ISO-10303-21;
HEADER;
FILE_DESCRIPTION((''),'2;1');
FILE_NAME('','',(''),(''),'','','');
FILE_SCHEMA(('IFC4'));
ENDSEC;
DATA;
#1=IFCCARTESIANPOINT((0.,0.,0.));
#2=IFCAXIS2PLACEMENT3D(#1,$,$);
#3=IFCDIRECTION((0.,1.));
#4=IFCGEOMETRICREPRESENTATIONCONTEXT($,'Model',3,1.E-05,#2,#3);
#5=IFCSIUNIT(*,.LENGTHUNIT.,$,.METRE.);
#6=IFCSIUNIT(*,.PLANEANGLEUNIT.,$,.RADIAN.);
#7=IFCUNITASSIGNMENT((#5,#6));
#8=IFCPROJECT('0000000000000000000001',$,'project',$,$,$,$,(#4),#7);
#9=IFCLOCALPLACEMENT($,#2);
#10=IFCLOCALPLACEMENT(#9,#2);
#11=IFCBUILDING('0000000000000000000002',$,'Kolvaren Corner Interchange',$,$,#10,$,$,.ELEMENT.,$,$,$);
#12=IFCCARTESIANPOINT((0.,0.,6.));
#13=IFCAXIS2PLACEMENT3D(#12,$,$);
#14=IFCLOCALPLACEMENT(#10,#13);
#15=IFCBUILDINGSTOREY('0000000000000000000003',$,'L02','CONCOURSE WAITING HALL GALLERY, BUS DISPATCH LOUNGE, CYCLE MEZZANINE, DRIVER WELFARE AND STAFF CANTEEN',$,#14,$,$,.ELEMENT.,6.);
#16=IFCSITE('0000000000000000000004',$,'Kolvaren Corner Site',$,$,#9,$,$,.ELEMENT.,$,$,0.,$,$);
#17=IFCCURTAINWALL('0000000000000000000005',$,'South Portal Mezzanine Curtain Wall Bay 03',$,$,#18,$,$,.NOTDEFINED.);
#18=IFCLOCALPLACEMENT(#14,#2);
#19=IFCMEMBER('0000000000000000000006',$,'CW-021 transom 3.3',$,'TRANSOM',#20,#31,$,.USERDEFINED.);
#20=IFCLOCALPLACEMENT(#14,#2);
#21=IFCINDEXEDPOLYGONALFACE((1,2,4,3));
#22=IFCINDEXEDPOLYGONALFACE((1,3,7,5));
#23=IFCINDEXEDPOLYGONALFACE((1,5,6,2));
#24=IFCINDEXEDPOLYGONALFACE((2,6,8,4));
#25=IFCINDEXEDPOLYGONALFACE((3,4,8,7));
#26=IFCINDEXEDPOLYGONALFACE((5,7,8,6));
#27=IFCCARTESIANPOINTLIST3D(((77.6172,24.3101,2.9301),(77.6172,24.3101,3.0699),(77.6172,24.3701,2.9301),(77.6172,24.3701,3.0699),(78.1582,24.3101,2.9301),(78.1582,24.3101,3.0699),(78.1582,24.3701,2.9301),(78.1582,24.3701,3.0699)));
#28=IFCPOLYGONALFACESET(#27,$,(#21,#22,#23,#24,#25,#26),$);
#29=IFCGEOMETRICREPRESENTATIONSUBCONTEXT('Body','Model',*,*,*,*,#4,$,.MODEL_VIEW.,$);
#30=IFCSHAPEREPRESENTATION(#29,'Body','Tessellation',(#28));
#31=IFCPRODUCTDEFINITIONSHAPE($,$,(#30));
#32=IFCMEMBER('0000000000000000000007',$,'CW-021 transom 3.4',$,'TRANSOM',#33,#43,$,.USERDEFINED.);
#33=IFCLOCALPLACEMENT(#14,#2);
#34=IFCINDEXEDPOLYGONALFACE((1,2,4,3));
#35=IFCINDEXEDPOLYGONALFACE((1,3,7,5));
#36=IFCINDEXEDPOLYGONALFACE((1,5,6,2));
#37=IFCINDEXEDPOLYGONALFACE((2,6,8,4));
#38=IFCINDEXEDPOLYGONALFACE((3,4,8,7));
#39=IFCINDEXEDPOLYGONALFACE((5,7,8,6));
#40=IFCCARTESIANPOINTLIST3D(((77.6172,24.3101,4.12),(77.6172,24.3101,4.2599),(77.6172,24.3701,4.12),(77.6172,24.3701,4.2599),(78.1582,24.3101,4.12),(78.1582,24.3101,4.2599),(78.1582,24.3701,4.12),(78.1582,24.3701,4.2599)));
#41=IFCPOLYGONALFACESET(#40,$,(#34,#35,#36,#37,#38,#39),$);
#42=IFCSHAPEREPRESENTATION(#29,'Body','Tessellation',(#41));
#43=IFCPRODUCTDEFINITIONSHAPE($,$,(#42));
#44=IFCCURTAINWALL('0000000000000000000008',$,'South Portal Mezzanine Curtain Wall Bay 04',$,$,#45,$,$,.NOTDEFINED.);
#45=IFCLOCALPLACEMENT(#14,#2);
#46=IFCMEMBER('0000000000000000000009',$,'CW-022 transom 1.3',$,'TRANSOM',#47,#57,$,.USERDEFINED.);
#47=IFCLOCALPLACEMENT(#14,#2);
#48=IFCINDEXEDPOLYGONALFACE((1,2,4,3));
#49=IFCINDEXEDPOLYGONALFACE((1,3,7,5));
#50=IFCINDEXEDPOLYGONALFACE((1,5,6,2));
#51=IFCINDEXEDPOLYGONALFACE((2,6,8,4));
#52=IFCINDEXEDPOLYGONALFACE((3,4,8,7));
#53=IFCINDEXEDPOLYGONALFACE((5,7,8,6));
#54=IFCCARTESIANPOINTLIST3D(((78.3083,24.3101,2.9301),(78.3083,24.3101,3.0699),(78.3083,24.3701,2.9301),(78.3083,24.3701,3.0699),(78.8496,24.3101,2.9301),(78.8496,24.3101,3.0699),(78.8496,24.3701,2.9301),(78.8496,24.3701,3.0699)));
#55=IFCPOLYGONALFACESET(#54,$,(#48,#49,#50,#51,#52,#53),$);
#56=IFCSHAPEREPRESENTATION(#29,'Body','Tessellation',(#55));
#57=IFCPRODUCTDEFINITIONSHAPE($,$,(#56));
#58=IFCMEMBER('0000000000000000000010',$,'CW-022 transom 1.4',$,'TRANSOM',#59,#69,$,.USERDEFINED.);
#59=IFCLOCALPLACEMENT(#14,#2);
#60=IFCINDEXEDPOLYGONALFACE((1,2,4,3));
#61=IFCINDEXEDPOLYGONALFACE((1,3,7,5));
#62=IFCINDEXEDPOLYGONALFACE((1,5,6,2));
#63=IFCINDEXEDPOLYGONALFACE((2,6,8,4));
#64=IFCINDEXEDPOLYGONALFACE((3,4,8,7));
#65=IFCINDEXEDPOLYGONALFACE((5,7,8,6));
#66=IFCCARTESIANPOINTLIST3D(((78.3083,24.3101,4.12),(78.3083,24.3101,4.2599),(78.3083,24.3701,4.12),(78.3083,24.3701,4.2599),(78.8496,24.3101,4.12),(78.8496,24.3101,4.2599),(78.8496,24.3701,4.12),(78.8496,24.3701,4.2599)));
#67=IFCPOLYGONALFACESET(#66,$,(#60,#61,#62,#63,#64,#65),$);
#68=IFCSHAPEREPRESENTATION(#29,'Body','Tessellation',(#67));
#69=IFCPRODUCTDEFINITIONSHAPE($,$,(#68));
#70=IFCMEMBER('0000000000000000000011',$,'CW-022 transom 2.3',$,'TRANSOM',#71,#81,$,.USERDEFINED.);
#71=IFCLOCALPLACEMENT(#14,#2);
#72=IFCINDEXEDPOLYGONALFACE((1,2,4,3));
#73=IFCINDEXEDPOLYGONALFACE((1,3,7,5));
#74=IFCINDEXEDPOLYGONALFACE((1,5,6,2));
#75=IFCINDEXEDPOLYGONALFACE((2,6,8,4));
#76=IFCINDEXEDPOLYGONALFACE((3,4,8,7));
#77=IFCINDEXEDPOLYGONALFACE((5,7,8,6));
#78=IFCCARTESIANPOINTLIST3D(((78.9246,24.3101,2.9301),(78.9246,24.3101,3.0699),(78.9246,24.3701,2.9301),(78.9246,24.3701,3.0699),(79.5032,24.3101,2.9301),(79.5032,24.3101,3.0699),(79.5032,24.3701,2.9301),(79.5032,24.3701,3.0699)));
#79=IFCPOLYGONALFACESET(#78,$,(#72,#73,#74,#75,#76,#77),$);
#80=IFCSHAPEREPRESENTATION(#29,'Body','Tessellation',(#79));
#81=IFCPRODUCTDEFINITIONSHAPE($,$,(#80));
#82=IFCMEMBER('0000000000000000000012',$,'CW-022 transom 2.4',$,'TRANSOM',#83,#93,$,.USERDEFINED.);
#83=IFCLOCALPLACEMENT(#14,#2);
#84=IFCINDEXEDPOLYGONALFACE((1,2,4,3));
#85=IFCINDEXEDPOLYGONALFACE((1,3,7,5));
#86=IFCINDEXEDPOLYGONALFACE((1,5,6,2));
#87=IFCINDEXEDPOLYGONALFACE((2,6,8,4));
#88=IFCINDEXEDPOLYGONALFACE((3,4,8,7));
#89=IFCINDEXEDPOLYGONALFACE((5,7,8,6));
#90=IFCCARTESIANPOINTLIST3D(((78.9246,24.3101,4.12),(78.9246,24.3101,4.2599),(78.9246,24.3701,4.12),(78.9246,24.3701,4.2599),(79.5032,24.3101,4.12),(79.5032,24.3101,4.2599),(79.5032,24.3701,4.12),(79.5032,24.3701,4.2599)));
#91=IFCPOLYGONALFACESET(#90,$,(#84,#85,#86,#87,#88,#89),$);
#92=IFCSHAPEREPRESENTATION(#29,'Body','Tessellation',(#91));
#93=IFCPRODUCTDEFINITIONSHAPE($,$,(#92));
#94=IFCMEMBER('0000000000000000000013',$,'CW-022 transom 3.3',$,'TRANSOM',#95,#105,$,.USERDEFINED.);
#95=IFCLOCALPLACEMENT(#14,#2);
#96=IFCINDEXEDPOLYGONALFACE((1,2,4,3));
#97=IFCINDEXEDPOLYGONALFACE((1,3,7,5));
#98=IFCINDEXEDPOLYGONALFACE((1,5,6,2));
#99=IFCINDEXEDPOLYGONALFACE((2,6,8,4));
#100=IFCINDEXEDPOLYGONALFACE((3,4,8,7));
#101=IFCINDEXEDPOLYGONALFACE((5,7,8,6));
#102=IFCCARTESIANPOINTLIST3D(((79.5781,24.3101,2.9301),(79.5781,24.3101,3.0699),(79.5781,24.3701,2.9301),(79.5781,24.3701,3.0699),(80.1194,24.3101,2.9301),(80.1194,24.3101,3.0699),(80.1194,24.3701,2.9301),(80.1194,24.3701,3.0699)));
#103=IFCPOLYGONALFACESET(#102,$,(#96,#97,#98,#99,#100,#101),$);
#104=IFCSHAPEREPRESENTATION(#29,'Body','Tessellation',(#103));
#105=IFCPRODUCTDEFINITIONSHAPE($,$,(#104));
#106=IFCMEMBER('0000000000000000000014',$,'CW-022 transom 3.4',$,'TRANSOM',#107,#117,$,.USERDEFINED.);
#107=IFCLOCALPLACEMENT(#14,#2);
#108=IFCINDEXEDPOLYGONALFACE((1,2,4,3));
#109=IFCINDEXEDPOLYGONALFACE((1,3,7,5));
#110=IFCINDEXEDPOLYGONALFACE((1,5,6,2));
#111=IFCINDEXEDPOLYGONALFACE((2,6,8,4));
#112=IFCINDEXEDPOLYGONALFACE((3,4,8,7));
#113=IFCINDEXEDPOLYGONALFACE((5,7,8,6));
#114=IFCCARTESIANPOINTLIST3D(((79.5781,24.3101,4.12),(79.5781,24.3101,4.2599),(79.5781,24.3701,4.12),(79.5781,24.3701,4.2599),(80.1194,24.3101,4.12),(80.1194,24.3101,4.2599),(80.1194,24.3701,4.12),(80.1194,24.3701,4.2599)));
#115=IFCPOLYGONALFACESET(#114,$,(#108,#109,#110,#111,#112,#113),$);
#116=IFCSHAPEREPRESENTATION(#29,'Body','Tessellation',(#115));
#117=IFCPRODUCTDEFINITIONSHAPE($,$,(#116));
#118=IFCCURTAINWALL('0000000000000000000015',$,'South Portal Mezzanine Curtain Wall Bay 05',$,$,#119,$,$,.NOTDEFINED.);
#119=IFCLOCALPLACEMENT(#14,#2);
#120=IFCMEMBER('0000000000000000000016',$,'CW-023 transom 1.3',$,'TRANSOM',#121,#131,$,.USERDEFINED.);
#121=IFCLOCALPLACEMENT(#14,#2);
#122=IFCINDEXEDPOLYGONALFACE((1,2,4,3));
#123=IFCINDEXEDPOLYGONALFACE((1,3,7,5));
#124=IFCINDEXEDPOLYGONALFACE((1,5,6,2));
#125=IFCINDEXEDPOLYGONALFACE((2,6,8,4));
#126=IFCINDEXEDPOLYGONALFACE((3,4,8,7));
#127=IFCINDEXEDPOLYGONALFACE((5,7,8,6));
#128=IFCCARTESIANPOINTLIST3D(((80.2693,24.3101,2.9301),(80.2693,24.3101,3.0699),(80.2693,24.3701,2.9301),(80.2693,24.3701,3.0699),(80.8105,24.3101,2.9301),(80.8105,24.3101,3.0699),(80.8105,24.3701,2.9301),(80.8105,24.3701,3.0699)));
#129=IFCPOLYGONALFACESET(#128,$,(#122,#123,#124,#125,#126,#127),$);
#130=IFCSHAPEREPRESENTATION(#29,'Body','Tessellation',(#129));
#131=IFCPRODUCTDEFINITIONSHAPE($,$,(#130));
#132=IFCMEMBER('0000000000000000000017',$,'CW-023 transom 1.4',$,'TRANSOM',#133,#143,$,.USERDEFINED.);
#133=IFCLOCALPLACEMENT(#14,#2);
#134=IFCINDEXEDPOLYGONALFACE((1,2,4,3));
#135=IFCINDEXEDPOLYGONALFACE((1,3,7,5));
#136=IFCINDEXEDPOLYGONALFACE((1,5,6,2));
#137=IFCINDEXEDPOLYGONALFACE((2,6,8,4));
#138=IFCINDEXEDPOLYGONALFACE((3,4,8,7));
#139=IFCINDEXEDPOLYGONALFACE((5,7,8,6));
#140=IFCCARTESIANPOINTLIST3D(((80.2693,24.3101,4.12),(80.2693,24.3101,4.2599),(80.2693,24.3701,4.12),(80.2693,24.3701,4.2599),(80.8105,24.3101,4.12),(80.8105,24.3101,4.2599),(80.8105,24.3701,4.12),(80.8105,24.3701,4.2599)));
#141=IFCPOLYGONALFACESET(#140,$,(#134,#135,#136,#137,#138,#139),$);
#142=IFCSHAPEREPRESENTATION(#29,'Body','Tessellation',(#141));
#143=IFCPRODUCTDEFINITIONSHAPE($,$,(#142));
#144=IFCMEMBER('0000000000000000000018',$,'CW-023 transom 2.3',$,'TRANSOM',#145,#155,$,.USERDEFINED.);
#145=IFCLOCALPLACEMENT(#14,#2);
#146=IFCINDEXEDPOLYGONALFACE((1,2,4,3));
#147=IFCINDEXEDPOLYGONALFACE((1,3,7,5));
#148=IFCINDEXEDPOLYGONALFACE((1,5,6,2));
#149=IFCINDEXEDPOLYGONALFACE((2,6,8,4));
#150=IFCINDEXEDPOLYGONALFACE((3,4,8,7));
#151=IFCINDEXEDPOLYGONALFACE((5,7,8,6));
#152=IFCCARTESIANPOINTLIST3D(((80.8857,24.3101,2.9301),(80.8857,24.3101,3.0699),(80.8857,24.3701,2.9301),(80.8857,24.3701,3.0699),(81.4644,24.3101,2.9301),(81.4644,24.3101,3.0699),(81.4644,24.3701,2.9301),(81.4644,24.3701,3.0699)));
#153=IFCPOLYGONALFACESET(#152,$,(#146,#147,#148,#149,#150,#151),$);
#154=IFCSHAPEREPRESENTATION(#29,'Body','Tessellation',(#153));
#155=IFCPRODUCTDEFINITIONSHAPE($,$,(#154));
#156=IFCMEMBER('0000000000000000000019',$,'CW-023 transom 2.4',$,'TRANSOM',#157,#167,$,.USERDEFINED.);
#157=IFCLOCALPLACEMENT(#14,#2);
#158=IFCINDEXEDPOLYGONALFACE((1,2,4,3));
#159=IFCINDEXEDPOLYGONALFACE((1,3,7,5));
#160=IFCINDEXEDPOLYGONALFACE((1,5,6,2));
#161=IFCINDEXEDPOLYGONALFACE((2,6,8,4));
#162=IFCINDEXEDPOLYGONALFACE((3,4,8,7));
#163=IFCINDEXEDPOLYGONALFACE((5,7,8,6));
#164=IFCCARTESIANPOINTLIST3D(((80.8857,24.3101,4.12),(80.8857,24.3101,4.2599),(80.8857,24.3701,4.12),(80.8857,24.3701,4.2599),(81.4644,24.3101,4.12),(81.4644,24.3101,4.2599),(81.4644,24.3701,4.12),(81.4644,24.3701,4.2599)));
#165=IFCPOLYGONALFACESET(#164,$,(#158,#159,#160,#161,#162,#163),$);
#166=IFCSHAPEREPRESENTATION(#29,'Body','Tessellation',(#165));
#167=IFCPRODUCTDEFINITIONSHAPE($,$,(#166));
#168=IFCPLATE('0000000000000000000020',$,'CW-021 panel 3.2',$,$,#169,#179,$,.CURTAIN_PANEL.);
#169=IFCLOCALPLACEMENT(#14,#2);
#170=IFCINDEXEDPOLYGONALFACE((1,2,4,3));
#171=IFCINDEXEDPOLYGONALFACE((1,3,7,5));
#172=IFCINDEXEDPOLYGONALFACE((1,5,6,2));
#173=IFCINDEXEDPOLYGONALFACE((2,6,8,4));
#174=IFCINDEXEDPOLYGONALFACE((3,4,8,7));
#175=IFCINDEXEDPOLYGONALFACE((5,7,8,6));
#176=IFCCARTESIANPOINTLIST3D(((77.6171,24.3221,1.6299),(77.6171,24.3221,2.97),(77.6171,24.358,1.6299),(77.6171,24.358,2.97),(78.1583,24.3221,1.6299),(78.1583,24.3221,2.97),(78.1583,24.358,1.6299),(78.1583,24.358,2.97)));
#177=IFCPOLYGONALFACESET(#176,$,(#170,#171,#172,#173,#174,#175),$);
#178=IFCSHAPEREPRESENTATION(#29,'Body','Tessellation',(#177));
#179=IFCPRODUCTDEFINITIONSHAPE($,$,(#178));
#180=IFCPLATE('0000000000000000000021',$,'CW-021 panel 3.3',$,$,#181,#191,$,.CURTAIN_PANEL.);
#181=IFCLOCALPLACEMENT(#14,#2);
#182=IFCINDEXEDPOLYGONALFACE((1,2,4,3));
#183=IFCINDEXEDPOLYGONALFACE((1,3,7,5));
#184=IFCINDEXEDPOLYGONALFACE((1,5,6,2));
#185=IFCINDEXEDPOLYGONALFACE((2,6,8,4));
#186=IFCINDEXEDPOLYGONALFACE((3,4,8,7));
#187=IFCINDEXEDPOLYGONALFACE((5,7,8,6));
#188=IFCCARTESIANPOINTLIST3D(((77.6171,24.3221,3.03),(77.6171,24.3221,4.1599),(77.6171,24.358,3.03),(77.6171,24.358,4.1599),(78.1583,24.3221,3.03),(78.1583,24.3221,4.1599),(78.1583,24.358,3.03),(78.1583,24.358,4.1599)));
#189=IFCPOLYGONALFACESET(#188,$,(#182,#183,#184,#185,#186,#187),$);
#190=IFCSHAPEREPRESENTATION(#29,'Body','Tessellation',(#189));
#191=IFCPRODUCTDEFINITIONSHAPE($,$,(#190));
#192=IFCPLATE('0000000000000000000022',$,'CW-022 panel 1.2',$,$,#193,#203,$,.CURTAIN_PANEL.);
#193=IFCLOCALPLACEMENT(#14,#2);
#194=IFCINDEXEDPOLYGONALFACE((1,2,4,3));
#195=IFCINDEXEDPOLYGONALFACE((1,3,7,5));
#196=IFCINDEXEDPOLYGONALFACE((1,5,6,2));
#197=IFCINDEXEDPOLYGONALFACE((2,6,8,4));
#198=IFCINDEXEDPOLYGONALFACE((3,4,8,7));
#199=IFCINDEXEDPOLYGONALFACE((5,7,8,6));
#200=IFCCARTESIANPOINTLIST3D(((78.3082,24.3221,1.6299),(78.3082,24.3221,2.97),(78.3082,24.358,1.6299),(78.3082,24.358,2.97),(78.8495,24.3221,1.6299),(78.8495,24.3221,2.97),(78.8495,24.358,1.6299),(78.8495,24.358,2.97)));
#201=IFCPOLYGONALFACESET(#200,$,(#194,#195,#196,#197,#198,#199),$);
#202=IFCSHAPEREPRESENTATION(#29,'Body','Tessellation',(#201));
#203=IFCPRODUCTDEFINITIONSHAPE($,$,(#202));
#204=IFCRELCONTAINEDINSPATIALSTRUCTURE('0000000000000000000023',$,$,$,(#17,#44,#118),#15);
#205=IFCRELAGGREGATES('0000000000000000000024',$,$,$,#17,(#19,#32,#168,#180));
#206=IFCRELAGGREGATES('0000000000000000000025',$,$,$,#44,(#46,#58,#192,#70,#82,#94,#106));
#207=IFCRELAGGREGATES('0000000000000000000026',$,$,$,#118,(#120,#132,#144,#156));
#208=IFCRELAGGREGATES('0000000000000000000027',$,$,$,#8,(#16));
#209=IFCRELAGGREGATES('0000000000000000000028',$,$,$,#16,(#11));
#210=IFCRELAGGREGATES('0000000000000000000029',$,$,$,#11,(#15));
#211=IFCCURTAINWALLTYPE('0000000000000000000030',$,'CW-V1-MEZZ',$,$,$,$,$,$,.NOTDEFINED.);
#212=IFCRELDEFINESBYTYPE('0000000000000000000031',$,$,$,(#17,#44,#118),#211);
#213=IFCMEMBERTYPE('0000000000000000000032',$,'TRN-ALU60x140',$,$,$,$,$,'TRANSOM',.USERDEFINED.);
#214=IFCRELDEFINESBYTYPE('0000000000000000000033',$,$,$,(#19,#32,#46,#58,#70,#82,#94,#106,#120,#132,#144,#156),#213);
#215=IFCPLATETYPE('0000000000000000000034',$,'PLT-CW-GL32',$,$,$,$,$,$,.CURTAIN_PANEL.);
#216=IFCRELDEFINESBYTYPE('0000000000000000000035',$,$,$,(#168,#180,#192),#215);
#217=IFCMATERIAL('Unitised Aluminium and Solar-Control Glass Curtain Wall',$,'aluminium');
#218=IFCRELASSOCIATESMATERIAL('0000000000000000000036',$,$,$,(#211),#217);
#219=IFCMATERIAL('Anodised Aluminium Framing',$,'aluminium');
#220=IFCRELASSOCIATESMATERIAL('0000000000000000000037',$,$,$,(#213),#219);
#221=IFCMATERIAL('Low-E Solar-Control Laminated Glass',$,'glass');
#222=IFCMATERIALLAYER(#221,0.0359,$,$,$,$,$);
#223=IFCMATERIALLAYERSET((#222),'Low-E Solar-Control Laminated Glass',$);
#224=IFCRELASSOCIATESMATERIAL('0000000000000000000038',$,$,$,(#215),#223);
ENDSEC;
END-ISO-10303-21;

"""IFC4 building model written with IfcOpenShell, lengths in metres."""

from ifc_helpers import new_model, si_unit, direction, frame, origin, origin_2d, place, context, subcontext, project, spatial, rectangle, extrude, material, layer, layer_set, material_profile, profile_set, type_object, element, aggregate, save


model = new_model("IFC4")

# Units and contexts
model_context = context("Model", 3, precision=1e-05, world=origin(), true_north=direction((0.0, 1.0)))
body_context = subcontext(model_context, "Body", "Model", "MODEL_VIEW")
ifc_project = project(units=[si_unit("LENGTHUNIT", "METRE"), si_unit("PLANEANGLEUNIT", "RADIAN")], contexts=[model_context])

# Site, building, storey
site_placement = place(None, origin())
site = spatial("IfcSite", under=ifc_project, at=site_placement, Name="Kolvaren Corner Site", CompositionType="ELEMENT", RefElevation=0.0)
building_placement = place(site_placement, origin())
building = spatial("IfcBuilding", under=site, at=building_placement, Name="Kolvaren Corner Interchange", CompositionType="ELEMENT")
storey_placement = place(building_placement, frame((0.0, 0.0, 6.0)))
storey = spatial("IfcBuildingStorey", under=building, at=storey_placement, Name="L02", Description="CONCOURSE WAITING HALL GALLERY, BUS DISPATCH LOUNGE, CYCLE MEZZANINE, DRIVER WELFARE AND STAFF CANTEEN", CompositionType="ELEMENT", Elevation=6.0)

# Curtain walls, members
ifc_material_1 = material(Name="Unitised Aluminium and Solar-Control Glass Curtain Wall", Category="aluminium")
curtain_wall_type = type_object("IfcCurtainWallType", Name="CW-V1-MEZZ", PredefinedType="NOTDEFINED", material=ifc_material_1)
curtain_wall_1_placement = place(storey_placement, origin())
curtain_wall_1 = element("IfcCurtainWall", 1, at=curtain_wall_1_placement, inside=storey, type_object=curtain_wall_type, Name="South Portal Mezzanine Curtain Wall Bay 03", PredefinedType="NOTDEFINED")
ifc_material_2 = material(Name="Anodised Aluminium Framing", Category="aluminium")
ifc_material_profile = material_profile(ifc_material_2, rectangle(XDim=0.0601, YDim=0.1399, at=origin_2d()), Name="ALU 60x140")
ifc_profile_set = profile_set([ifc_material_profile], Name="Anodised Aluminium Framing")
member_type = type_object("IfcMemberType", Name="TRN-ALU60x140", ElementType="TRANSOM", PredefinedType="USERDEFINED", material=ifc_profile_set)
member_1_placement = place(storey_placement, frame((77.6172, 24.3401, 3.0), z_axis=(1.0, 0.0, 0.0), x_axis=(0.0, 1.0, 0.0)))
member_1 = element("IfcMember", 2, at=member_1_placement, type_object=member_type, Name="CW-021 transom 3.3", ObjectType="TRANSOM", PredefinedType="USERDEFINED", context=body_context, shape_type="SweptSolid", body=[
    extrude(rectangle(XDim=0.0601, YDim=0.1399, at=origin_2d()), origin(), (0.0, 0.0, 1.0), 0.541),
])
member_2_placement = place(storey_placement, frame((77.6172, 24.3401, 4.1899), z_axis=(1.0, 0.0, 0.0), x_axis=(0.0, 1.0, 0.0)))
member_2 = element("IfcMember", 3, at=member_2_placement, type_object=member_type, Name="CW-021 transom 3.4", ObjectType="TRANSOM", PredefinedType="USERDEFINED", context=body_context, shape_type="SweptSolid", body=[
    extrude(rectangle(XDim=0.0601, YDim=0.1399, at=origin_2d()), origin(), (0.0, 0.0, 1.0), 0.541),
])
curtain_wall_2_placement = place(storey_placement, origin())
curtain_wall_2 = element("IfcCurtainWall", 4, at=curtain_wall_2_placement, inside=storey, type_object=curtain_wall_type, Name="South Portal Mezzanine Curtain Wall Bay 04", PredefinedType="NOTDEFINED")
member_3_placement = place(storey_placement, frame((78.3083, 24.3401, 3.0), z_axis=(1.0, 0.0, 0.0), x_axis=(0.0, 1.0, 0.0)))
member_3 = element("IfcMember", 5, at=member_3_placement, type_object=member_type, Name="CW-022 transom 1.3", ObjectType="TRANSOM", PredefinedType="USERDEFINED", context=body_context, shape_type="SweptSolid", body=[
    extrude(rectangle(XDim=0.0601, YDim=0.1399, at=origin_2d()), origin(), (0.0, 0.0, 1.0), 0.5413),
])
member_4_placement = place(storey_placement, frame((78.3083, 24.3401, 4.1899), z_axis=(1.0, 0.0, 0.0), x_axis=(0.0, 1.0, 0.0)))
member_4 = element("IfcMember", 6, at=member_4_placement, type_object=member_type, Name="CW-022 transom 1.4", ObjectType="TRANSOM", PredefinedType="USERDEFINED", context=body_context, shape_type="SweptSolid", body=[
    extrude(rectangle(XDim=0.0601, YDim=0.1399, at=origin_2d()), origin(), (0.0, 0.0, 1.0), 0.5413),
])
member_5_placement = place(storey_placement, frame((78.9246, 24.3401, 3.0), z_axis=(1.0, 0.0, 0.0), x_axis=(0.0, 1.0, 0.0)))
member_5 = element("IfcMember", 7, at=member_5_placement, type_object=member_type, Name="CW-022 transom 2.3", ObjectType="TRANSOM", PredefinedType="USERDEFINED", context=body_context, shape_type="SweptSolid", body=[
    extrude(rectangle(XDim=0.0601, YDim=0.1399, at=origin_2d()), origin(), (0.0, 0.0, 1.0), 0.5786),
])
member_6_placement = place(storey_placement, frame((78.9246, 24.3401, 4.1899), z_axis=(1.0, 0.0, 0.0), x_axis=(0.0, 1.0, 0.0)))
member_6 = element("IfcMember", 8, at=member_6_placement, type_object=member_type, Name="CW-022 transom 2.4", ObjectType="TRANSOM", PredefinedType="USERDEFINED", context=body_context, shape_type="SweptSolid", body=[
    extrude(rectangle(XDim=0.0601, YDim=0.1399, at=origin_2d()), origin(), (0.0, 0.0, 1.0), 0.5786),
])
member_7_placement = place(storey_placement, frame((79.5781, 24.3401, 3.0), z_axis=(1.0, 0.0, 0.0), x_axis=(0.0, 1.0, 0.0)))
member_7 = element("IfcMember", 9, at=member_7_placement, type_object=member_type, Name="CW-022 transom 3.3", ObjectType="TRANSOM", PredefinedType="USERDEFINED", context=body_context, shape_type="SweptSolid", body=[
    extrude(rectangle(XDim=0.0601, YDim=0.1399, at=origin_2d()), origin(), (0.0, 0.0, 1.0), 0.5413),
])
member_8_placement = place(storey_placement, frame((79.5781, 24.3401, 4.1899), z_axis=(1.0, 0.0, 0.0), x_axis=(0.0, 1.0, 0.0)))
member_8 = element("IfcMember", 10, at=member_8_placement, type_object=member_type, Name="CW-022 transom 3.4", ObjectType="TRANSOM", PredefinedType="USERDEFINED", context=body_context, shape_type="SweptSolid", body=[
    extrude(rectangle(XDim=0.0601, YDim=0.1399, at=origin_2d()), origin(), (0.0, 0.0, 1.0), 0.5413),
])
curtain_wall_3_placement = place(storey_placement, origin())
curtain_wall_3 = element("IfcCurtainWall", 11, at=curtain_wall_3_placement, inside=storey, type_object=curtain_wall_type, Name="South Portal Mezzanine Curtain Wall Bay 05", PredefinedType="NOTDEFINED")
member_9_placement = place(storey_placement, frame((80.2693, 24.3401, 3.0), z_axis=(1.0, 0.0, 0.0), x_axis=(0.0, 1.0, 0.0)))
member_9 = element("IfcMember", 12, at=member_9_placement, type_object=member_type, Name="CW-023 transom 1.3", ObjectType="TRANSOM", PredefinedType="USERDEFINED", context=body_context, shape_type="SweptSolid", body=[
    extrude(rectangle(XDim=0.0601, YDim=0.1399, at=origin_2d()), origin(), (0.0, 0.0, 1.0), 0.5413),
])
member_10_placement = place(storey_placement, frame((80.2693, 24.3401, 4.1899), z_axis=(1.0, 0.0, 0.0), x_axis=(0.0, 1.0, 0.0)))
member_10 = element("IfcMember", 13, at=member_10_placement, type_object=member_type, Name="CW-023 transom 1.4", ObjectType="TRANSOM", PredefinedType="USERDEFINED", context=body_context, shape_type="SweptSolid", body=[
    extrude(rectangle(XDim=0.0601, YDim=0.1399, at=origin_2d()), origin(), (0.0, 0.0, 1.0), 0.5413),
])
member_11_placement = place(storey_placement, frame((80.8857, 24.3401, 3.0), z_axis=(1.0, 0.0, 0.0), x_axis=(0.0, 1.0, 0.0)))
member_11 = element("IfcMember", 14, at=member_11_placement, type_object=member_type, Name="CW-023 transom 2.3", ObjectType="TRANSOM", PredefinedType="USERDEFINED", context=body_context, shape_type="SweptSolid", body=[
    extrude(rectangle(XDim=0.0601, YDim=0.1399, at=origin_2d()), origin(), (0.0, 0.0, 1.0), 0.5786),
])
member_12_placement = place(storey_placement, frame((80.8857, 24.3401, 4.1899), z_axis=(1.0, 0.0, 0.0), x_axis=(0.0, 1.0, 0.0)))
member_12 = element("IfcMember", 15, at=member_12_placement, type_object=member_type, Name="CW-023 transom 2.4", ObjectType="TRANSOM", PredefinedType="USERDEFINED", context=body_context, shape_type="SweptSolid", body=[
    extrude(rectangle(XDim=0.0601, YDim=0.1399, at=origin_2d()), origin(), (0.0, 0.0, 1.0), 0.5786),
])

# Plates
ifc_material_3 = material(Name="Low-E Solar-Control Laminated Glass", Category="glass")
ifc_layer = layer(ifc_material_3, 0.0359)
ifc_layer_set = layer_set([ifc_layer], Name="Low-E Solar-Control Laminated Glass")
plate_type = type_object("IfcPlateType", Name="PLT-CW-GL32", PredefinedType="CURTAIN_PANEL", material=ifc_layer_set)
plate_1_placement = place(storey_placement, frame((77.8877, 24.3401, 1.6299), z_axis=(0.0, 0.0, 1.0), x_axis=(1.0, 0.0, 0.0)))
plate_1 = element("IfcPlate", 16, at=plate_1_placement, type_object=plate_type, Name="CW-021 panel 3.2", PredefinedType="CURTAIN_PANEL", context=body_context, shape_type="SweptSolid", body=[
    extrude(rectangle(XDim=0.5413, YDim=0.0359, at=origin_2d()), origin(), (0.0, 0.0, 1.0), 1.3401),
])
plate_2_placement = place(storey_placement, frame((77.8877, 24.3401, 3.03), z_axis=(0.0, 0.0, 1.0), x_axis=(1.0, 0.0, 0.0)))
plate_2 = element("IfcPlate", 17, at=plate_2_placement, type_object=plate_type, Name="CW-021 panel 3.3", PredefinedType="CURTAIN_PANEL", context=body_context, shape_type="SweptSolid", body=[
    extrude(rectangle(XDim=0.5413, YDim=0.0359, at=origin_2d()), origin(), (0.0, 0.0, 1.0), 1.1299),
])
aggregate(curtain_wall_1, [member_1, member_2, plate_1, plate_2])
plate_3_placement = place(storey_placement, frame((78.5789, 24.3401, 1.6299), z_axis=(0.0, 0.0, 1.0), x_axis=(1.0, 0.0, 0.0)))
plate_3 = element("IfcPlate", 18, at=plate_3_placement, type_object=plate_type, Name="CW-022 panel 1.2", PredefinedType="CURTAIN_PANEL", context=body_context, shape_type="SweptSolid", body=[
    extrude(rectangle(XDim=0.5413, YDim=0.0359, at=origin_2d()), origin(), (0.0, 0.0, 1.0), 1.3401),
])
aggregate(curtain_wall_2, [member_3, member_4, plate_3, member_5, member_6, member_7, member_8])
aggregate(curtain_wall_3, [member_9, member_10, member_11, member_12])

save(model, "model.ifc")
